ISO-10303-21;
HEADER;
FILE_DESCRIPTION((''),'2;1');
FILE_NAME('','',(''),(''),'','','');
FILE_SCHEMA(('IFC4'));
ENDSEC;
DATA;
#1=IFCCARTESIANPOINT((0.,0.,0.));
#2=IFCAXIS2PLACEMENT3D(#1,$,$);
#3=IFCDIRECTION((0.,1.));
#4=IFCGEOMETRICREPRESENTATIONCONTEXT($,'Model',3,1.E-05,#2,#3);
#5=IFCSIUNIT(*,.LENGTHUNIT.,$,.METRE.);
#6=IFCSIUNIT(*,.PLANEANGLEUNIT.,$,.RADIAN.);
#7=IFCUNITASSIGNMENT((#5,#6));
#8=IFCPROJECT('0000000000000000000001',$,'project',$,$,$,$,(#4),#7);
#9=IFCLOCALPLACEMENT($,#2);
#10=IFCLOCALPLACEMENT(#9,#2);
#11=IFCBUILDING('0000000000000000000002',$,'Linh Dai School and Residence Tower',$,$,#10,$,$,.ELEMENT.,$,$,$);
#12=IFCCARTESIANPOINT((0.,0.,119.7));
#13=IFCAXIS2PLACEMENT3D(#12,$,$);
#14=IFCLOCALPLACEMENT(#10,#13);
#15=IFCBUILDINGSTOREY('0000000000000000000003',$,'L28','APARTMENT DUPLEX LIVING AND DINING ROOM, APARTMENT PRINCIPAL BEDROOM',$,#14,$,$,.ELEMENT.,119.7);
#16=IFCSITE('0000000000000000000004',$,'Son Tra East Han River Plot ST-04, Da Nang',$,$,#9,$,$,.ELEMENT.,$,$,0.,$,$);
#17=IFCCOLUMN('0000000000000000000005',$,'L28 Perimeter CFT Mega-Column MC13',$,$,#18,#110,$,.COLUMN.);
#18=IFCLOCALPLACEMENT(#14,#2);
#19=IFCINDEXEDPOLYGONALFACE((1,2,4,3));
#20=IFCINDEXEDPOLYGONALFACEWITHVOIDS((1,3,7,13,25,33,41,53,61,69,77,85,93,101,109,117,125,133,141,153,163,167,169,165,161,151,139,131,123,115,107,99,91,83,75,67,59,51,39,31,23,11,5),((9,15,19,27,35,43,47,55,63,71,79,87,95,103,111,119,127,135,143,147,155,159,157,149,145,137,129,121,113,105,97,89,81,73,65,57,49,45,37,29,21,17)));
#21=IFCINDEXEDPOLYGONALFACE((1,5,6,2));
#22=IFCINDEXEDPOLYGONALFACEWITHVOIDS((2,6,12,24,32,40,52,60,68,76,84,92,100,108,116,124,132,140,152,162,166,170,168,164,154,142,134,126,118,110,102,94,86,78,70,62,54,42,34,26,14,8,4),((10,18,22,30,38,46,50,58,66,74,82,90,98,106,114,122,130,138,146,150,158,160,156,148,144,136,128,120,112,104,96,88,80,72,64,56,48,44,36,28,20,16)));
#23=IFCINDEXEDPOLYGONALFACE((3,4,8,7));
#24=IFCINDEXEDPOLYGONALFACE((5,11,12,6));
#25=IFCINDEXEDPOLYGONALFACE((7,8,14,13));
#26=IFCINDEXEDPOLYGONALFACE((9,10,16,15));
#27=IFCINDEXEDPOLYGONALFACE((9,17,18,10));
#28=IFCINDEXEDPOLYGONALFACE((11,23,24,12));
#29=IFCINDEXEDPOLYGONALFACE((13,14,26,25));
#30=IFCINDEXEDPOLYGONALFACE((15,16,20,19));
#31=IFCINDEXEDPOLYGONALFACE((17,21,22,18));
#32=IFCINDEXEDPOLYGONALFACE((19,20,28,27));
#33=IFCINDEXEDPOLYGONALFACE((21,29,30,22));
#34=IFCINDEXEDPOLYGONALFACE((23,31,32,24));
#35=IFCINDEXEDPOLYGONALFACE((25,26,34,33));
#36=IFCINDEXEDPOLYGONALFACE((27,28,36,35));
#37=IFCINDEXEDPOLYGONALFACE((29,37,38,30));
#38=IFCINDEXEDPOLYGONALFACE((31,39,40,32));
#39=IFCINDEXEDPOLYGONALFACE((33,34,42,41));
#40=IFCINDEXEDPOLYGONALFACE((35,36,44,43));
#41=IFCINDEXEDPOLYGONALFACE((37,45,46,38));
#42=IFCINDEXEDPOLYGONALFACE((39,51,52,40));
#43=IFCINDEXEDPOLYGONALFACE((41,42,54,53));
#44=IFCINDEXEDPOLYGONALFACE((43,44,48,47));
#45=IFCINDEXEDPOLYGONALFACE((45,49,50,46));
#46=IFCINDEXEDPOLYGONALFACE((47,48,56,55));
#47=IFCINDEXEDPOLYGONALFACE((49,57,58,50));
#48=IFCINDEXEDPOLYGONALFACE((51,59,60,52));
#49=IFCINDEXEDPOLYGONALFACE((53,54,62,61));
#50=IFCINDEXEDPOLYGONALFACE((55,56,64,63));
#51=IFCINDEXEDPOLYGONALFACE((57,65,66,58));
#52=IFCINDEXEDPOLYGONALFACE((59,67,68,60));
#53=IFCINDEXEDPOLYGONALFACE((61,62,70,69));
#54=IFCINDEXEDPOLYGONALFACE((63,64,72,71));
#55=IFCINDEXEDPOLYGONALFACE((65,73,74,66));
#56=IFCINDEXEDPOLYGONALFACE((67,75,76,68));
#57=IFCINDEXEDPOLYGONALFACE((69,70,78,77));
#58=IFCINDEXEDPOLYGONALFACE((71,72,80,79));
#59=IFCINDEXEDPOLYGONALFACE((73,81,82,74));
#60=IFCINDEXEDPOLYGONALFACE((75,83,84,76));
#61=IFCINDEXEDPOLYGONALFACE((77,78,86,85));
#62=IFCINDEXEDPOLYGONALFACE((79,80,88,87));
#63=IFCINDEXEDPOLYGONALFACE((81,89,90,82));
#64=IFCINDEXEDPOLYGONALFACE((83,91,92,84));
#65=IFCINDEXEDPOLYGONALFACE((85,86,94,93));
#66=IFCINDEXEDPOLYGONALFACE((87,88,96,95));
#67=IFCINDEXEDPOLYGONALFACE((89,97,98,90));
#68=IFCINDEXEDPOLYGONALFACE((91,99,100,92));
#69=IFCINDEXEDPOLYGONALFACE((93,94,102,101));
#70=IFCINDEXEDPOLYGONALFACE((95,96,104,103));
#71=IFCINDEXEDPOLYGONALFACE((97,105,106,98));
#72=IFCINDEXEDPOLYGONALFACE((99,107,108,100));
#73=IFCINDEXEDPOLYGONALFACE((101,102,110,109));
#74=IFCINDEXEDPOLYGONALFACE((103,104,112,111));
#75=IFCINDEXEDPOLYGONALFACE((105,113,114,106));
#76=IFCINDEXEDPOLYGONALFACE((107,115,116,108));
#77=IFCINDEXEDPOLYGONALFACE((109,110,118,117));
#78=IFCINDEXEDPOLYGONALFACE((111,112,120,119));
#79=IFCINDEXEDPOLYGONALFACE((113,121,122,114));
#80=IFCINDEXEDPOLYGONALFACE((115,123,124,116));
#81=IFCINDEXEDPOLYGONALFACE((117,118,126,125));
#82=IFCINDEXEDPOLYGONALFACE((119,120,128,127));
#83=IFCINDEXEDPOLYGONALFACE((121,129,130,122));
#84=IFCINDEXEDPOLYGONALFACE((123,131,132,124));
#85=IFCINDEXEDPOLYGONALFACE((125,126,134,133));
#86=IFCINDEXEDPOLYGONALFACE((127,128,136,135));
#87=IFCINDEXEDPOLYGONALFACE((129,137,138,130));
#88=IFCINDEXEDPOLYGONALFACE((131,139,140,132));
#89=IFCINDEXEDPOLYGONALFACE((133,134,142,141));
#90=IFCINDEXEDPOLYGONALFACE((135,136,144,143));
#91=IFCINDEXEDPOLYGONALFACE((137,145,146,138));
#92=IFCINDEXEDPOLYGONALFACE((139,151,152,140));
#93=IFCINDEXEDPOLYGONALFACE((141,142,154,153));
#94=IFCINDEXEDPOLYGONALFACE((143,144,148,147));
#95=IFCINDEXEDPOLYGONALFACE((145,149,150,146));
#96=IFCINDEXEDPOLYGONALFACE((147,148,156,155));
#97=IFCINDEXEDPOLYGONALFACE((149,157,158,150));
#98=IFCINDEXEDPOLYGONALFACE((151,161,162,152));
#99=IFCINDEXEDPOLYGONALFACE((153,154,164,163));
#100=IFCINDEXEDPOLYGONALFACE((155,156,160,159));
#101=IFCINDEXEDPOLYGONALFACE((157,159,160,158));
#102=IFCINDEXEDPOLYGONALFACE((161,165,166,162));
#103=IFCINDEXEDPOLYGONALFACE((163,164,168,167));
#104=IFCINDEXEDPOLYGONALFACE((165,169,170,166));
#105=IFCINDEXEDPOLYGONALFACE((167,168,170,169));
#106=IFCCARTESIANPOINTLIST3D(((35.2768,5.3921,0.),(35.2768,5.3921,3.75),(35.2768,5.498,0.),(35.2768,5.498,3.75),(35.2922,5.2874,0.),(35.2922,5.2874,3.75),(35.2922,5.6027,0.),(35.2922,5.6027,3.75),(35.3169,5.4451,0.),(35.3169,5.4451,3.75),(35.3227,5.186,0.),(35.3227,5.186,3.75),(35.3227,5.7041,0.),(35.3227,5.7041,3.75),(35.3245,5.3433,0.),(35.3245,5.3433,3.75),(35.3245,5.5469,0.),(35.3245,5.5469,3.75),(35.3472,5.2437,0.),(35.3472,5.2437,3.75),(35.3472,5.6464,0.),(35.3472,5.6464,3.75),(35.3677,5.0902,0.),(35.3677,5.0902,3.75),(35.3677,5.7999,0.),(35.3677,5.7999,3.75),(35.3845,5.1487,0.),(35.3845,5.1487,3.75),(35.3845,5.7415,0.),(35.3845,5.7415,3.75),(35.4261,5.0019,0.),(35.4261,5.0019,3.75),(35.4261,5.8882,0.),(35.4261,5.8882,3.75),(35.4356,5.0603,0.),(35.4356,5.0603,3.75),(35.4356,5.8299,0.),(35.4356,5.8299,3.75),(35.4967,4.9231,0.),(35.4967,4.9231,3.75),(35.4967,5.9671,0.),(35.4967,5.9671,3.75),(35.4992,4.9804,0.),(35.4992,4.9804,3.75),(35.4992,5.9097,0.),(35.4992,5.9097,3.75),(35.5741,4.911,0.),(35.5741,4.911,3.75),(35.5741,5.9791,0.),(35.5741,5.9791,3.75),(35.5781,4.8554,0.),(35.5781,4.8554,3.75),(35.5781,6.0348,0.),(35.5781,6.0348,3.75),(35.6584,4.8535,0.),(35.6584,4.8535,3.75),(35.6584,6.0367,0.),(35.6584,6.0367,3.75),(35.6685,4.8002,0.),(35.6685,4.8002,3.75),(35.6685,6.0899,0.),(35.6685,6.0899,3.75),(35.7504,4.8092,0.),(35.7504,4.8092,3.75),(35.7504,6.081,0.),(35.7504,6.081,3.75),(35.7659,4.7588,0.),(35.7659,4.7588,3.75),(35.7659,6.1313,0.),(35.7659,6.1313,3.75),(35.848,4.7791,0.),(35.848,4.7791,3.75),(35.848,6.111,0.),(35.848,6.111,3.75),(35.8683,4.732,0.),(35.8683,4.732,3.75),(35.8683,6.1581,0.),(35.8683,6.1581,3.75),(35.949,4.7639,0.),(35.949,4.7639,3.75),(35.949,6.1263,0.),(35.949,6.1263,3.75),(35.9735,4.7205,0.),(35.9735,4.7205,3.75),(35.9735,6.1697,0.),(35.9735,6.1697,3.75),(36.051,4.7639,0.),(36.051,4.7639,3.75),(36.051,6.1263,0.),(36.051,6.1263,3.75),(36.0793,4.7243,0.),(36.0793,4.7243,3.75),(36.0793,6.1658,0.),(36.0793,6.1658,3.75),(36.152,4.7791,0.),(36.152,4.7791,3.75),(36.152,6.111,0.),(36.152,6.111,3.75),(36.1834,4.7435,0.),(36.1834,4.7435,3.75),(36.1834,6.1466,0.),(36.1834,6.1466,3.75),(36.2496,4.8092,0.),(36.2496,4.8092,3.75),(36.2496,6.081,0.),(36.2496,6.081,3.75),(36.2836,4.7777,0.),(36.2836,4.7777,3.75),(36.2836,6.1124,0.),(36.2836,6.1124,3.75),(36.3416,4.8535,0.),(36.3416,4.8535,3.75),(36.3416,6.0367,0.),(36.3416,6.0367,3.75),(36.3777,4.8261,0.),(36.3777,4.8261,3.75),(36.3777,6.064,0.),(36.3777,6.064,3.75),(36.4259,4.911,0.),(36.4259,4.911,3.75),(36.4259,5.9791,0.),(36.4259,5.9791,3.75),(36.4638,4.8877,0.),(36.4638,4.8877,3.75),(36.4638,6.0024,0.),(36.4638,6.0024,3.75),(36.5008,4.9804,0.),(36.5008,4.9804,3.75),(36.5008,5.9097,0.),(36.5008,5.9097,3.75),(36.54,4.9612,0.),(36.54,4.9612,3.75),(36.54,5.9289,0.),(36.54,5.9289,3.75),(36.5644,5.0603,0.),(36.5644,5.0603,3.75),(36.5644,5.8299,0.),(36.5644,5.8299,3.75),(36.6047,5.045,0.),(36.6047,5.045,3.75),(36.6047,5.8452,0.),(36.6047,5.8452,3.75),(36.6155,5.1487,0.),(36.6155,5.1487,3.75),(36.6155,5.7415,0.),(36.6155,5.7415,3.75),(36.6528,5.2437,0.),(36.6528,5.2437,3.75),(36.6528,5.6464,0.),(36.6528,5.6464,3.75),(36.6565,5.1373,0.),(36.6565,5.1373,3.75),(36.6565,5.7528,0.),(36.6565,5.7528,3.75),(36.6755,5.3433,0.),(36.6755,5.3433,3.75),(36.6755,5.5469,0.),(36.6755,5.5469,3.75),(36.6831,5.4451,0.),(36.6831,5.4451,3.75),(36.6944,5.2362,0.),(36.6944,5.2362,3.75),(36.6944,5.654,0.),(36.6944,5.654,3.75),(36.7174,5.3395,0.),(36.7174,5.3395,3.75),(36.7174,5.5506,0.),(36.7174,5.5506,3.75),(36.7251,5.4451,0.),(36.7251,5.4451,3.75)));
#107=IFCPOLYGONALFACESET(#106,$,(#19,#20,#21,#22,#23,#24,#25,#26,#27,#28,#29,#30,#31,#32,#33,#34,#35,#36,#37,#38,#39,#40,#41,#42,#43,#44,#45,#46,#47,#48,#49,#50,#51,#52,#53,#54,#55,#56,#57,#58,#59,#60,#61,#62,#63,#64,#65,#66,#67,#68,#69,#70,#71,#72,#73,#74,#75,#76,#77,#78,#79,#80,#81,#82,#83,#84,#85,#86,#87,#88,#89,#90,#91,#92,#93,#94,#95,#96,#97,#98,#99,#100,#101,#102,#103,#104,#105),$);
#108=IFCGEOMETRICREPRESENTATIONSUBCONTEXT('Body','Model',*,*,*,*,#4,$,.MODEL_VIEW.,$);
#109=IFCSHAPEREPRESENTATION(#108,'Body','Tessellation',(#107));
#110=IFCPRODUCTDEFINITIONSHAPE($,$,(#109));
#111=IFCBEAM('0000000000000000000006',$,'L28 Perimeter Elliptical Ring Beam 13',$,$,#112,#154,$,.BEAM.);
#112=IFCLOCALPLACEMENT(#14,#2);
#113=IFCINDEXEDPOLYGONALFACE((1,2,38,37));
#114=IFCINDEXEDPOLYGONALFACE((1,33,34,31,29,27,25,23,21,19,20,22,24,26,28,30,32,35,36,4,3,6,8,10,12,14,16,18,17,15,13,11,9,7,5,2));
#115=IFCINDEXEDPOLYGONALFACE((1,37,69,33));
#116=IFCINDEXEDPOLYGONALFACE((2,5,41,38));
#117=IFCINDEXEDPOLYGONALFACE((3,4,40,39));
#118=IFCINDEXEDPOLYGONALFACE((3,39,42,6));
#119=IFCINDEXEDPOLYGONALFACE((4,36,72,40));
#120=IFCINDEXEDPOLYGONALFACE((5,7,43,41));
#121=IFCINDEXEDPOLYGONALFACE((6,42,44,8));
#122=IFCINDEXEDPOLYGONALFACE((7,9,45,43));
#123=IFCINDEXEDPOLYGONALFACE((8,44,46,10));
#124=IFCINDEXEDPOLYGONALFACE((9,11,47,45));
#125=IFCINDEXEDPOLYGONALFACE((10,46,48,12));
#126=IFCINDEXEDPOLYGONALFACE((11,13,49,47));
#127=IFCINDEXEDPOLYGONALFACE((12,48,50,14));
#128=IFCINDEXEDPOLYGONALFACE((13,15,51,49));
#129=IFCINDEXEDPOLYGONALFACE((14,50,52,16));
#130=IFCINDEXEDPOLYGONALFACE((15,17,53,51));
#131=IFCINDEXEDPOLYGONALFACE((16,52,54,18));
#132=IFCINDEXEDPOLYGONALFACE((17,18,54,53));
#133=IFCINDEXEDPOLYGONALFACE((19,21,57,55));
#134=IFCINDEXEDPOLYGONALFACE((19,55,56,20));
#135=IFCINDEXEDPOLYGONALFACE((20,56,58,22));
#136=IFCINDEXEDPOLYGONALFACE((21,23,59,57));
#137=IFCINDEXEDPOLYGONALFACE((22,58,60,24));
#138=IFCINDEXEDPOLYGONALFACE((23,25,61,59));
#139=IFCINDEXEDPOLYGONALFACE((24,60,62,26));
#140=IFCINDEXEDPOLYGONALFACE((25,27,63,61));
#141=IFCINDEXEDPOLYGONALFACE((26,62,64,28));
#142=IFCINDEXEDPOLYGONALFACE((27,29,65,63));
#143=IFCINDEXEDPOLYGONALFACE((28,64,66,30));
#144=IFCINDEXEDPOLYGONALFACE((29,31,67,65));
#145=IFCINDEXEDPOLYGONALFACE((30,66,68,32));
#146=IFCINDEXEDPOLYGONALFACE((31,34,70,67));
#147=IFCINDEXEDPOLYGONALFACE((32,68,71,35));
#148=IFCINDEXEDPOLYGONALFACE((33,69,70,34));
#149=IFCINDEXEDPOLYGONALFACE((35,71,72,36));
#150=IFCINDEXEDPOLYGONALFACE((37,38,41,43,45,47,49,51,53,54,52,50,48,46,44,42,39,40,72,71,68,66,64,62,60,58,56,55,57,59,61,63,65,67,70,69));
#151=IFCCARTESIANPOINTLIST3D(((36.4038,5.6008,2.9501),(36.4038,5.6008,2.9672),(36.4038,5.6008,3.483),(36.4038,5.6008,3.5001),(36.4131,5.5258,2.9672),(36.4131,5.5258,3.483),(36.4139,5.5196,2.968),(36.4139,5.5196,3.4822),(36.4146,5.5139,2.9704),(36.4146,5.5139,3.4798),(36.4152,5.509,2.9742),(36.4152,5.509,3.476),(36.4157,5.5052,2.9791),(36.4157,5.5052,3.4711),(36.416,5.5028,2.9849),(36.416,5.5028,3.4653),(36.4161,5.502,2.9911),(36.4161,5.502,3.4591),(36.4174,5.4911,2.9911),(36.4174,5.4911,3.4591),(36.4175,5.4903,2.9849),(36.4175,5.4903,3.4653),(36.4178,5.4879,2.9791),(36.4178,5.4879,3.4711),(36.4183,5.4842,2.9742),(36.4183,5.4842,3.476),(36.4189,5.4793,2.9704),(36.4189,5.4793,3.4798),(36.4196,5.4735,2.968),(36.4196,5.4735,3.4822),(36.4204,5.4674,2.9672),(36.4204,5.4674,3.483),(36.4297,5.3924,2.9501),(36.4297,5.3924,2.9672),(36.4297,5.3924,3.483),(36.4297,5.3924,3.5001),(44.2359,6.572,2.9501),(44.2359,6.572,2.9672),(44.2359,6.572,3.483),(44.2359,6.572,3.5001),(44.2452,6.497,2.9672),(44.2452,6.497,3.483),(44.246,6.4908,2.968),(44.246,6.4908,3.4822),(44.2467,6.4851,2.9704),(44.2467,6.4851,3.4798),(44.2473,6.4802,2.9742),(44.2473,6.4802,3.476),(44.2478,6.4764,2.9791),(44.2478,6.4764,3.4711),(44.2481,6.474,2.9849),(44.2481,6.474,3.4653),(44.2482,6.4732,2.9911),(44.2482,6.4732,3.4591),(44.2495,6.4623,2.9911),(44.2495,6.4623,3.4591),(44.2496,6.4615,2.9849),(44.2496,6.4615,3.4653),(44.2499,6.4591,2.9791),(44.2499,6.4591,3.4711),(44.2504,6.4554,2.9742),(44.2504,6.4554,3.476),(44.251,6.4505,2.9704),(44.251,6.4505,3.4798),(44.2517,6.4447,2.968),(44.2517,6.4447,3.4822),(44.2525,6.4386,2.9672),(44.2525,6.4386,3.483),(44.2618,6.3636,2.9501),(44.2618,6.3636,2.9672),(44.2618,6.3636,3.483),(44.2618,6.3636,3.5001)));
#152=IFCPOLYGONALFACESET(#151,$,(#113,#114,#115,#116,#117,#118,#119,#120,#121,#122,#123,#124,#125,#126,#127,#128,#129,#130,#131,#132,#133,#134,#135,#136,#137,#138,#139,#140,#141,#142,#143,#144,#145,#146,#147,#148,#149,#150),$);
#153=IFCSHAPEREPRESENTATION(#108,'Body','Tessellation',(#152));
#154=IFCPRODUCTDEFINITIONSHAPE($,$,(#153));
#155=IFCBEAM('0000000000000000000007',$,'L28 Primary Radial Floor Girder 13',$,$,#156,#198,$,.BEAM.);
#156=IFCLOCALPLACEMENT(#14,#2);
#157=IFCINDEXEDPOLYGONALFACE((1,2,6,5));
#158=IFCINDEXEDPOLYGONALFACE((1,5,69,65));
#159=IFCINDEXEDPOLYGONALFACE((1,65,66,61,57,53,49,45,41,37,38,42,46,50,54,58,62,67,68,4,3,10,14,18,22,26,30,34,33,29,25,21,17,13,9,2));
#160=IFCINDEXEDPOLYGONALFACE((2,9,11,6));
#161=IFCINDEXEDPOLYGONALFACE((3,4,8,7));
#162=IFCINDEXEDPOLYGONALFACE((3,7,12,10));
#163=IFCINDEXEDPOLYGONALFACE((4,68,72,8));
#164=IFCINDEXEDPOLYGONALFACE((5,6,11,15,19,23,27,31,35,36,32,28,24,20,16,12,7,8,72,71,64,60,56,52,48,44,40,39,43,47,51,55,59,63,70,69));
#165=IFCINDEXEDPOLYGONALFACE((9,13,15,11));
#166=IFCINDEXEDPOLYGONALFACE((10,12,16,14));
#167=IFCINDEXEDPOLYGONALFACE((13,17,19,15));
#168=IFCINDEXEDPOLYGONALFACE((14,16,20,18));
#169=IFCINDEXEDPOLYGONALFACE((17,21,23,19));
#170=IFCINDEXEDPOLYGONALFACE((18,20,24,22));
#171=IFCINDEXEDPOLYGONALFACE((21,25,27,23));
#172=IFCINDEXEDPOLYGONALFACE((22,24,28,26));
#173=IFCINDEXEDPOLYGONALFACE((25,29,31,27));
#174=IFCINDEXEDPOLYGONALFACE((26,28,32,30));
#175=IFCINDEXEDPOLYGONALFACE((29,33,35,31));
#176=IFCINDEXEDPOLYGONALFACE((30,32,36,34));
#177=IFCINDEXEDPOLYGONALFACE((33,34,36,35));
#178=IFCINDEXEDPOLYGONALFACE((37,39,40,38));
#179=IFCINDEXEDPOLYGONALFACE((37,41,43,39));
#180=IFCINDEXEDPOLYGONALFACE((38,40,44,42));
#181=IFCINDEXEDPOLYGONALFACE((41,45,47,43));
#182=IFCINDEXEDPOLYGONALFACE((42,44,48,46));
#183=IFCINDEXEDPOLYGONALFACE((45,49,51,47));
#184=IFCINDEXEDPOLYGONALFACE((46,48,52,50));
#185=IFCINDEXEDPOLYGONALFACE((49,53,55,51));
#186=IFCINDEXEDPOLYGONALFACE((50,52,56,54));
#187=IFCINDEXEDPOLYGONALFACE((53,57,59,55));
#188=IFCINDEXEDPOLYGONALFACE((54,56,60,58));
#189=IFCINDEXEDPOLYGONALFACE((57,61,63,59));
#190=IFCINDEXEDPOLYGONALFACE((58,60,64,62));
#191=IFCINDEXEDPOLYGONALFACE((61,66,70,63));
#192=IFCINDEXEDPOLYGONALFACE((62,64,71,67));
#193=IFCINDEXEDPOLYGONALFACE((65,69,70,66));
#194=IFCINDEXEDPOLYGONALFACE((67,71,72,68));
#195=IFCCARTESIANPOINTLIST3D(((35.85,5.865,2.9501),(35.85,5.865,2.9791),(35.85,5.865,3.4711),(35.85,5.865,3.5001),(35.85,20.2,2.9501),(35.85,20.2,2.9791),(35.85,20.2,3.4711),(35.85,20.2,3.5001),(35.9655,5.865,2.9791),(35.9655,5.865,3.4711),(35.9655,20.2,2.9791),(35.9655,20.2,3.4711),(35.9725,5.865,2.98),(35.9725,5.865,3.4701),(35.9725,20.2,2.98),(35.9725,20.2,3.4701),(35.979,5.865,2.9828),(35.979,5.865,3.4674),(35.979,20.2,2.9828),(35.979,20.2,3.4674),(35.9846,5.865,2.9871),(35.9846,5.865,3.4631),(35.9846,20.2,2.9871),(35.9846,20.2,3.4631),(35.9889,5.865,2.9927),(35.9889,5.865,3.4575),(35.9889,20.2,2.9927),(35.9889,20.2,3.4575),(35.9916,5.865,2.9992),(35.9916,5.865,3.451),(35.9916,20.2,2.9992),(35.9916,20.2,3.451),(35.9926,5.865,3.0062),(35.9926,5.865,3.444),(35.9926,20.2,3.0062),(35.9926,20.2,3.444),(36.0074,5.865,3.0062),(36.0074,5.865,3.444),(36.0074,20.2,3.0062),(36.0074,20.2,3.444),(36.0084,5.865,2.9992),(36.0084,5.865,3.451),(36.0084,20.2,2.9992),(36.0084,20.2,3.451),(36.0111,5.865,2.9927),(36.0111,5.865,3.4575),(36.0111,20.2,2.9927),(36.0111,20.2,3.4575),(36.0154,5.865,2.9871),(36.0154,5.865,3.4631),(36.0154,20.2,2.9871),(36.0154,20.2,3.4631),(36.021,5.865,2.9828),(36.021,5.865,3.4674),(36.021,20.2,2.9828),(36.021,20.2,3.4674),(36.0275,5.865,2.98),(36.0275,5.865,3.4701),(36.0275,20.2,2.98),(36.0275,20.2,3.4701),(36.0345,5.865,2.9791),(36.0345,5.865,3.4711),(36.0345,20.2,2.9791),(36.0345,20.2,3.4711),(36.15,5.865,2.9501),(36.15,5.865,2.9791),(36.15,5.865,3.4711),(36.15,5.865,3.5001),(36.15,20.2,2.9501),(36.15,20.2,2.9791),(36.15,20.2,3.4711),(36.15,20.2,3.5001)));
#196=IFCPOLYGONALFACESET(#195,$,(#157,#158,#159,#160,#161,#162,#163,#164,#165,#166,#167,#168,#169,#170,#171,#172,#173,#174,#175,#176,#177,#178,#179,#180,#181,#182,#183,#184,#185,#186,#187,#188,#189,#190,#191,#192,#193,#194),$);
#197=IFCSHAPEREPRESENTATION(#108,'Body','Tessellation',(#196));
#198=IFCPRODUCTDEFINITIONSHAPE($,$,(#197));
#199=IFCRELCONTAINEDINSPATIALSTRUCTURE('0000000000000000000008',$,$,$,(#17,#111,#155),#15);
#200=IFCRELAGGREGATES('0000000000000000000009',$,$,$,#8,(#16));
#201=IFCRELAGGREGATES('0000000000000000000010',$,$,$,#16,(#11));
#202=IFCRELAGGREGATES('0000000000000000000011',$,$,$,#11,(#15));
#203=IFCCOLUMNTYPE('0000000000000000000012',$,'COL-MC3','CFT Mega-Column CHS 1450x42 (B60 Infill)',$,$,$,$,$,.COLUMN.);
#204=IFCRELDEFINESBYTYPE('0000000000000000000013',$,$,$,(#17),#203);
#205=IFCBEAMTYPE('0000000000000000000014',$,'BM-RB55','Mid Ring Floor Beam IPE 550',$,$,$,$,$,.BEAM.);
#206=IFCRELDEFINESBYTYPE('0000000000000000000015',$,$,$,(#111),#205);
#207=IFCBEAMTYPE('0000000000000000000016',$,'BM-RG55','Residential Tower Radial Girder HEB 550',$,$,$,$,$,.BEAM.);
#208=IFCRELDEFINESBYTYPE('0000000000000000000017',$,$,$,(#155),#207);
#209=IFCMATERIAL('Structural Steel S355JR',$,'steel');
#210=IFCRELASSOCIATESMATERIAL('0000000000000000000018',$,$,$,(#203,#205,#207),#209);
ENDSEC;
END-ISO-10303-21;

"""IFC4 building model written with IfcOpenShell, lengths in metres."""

from ifc_helpers import new_model, si_unit, direction, frame, origin, origin_2d, place, context, subcontext, project, spatial, hollow_circle, i_section, extrude, material, material_profile, profile_set, type_object, element, save


model = new_model("IFC4")

# Units and contexts
model_context = context("Model", 3, precision=1e-05, world=origin(), true_north=direction((0.0, 1.0)))
body_context = subcontext(model_context, "Body", "Model", "MODEL_VIEW")
ifc_project = project(units=[si_unit("LENGTHUNIT", "METRE"), si_unit("PLANEANGLEUNIT", "RADIAN")], contexts=[model_context])

# Site, building, storey
site_placement = place(None, origin())
site = spatial("IfcSite", under=ifc_project, at=site_placement, Name="Son Tra East Han River Plot ST-04, Da Nang", CompositionType="ELEMENT", RefElevation=0.0)
building_placement = place(site_placement, origin())
building = spatial("IfcBuilding", under=site, at=building_placement, Name="Linh Dai School and Residence Tower", CompositionType="ELEMENT")
storey_placement = place(building_placement, frame((0.0, 0.0, 119.7)))
storey = spatial("IfcBuildingStorey", under=building, at=storey_placement, Name="L28", Description="APARTMENT DUPLEX LIVING AND DINING ROOM, APARTMENT PRINCIPAL BEDROOM", CompositionType="ELEMENT", Elevation=119.7)

# Column
ifc_material_1 = material(Name="Structural Steel S355JR", Category="steel")
ifc_material_profile_1 = material_profile(ifc_material_1, hollow_circle(Radius=0.7251, WallThickness=0.042, at=origin_2d()), Name="CHS 1450x42")
ifc_profile_set_1 = profile_set([ifc_material_profile_1], Name="Structural Steel S355JR")
column_type_1 = type_object("IfcColumnType", Name="COL-MC3", Description="CFT Mega-Column CHS 1450x42 (B60 Infill)", PredefinedType="COLUMN", material=ifc_profile_set_1)
column_placement = place(storey_placement, frame((36.0, 5.4451, 0.0), z_axis=(0.0, 0.0, 1.0), x_axis=(1.0, 0.0, 0.0)))
element("IfcColumn", 1, at=column_placement, inside=storey, type_object=column_type_1, Name="L28 Perimeter CFT Mega-Column MC13", PredefinedType="COLUMN", context=body_context, shape_type="SweptSolid", body=[
    extrude(hollow_circle(Radius=0.7251, WallThickness=0.042, at=origin_2d()), origin(), (0.0, 0.0, 1.0), 3.75),
])

# Beams
ifc_material_profile_2 = material_profile(ifc_material_1, i_section(OverallWidth=0.21, OverallDepth=0.55, WebThickness=0.011, FlangeThickness=0.0171, FilletRadius=0.0239, at=origin_2d()), Name="IPE 550")
ifc_profile_set_2 = profile_set([ifc_material_profile_2], Name="Structural Steel S355JR")
beam_type_1 = type_object("IfcBeamType", Name="BM-RB55", Description="Mid Ring Floor Beam IPE 550", PredefinedType="BEAM", material=ifc_profile_set_2)
beam_1_placement = place(storey_placement, frame((36.4167, 5.4966, 3.2251), z_axis=(0.992399, 0.12306, 0.0), x_axis=(-0.12306, 0.992399, 0.0)))
element("IfcBeam", 2, at=beam_1_placement, inside=storey, type_object=beam_type_1, Name="L28 Perimeter Elliptical Ring Beam 13", PredefinedType="BEAM", context=body_context, shape_type="SweptSolid", body=[
    extrude(i_section(OverallWidth=0.21, OverallDepth=0.55, WebThickness=0.011, FlangeThickness=0.0171, FilletRadius=0.0239, at=origin_2d()), origin(), (0.0, 0.0, 1.0), 7.8921),
])
ifc_material_profile_3 = material_profile(ifc_material_1, i_section(OverallWidth=0.3, OverallDepth=0.55, WebThickness=0.0149, FlangeThickness=0.0291, FilletRadius=0.0271, at=origin_2d()), Name="HEB 550")
ifc_profile_set_3 = profile_set([ifc_material_profile_3], Name="Structural Steel S355JR")
beam_type_2 = type_object("IfcBeamType", Name="BM-RG55", Description="Residential Tower Radial Girder HEB 550", PredefinedType="BEAM", material=ifc_profile_set_3)
beam_2_placement = place(storey_placement, frame((36.0, 20.2, 3.2251), z_axis=(0.0, -1.0, 0.0), x_axis=(1.0, 0.0, 0.0)))
element("IfcBeam", 3, at=beam_2_placement, inside=storey, type_object=beam_type_2, Name="L28 Primary Radial Floor Girder 13", PredefinedType="BEAM", context=body_context, shape_type="SweptSolid", body=[
    extrude(i_section(OverallWidth=0.3, OverallDepth=0.55, WebThickness=0.0149, FlangeThickness=0.0291, FilletRadius=0.0271, at=origin_2d()), origin(), (0.0, 0.0, 1.0), 14.335),
])

save(model, "model.ifc")
